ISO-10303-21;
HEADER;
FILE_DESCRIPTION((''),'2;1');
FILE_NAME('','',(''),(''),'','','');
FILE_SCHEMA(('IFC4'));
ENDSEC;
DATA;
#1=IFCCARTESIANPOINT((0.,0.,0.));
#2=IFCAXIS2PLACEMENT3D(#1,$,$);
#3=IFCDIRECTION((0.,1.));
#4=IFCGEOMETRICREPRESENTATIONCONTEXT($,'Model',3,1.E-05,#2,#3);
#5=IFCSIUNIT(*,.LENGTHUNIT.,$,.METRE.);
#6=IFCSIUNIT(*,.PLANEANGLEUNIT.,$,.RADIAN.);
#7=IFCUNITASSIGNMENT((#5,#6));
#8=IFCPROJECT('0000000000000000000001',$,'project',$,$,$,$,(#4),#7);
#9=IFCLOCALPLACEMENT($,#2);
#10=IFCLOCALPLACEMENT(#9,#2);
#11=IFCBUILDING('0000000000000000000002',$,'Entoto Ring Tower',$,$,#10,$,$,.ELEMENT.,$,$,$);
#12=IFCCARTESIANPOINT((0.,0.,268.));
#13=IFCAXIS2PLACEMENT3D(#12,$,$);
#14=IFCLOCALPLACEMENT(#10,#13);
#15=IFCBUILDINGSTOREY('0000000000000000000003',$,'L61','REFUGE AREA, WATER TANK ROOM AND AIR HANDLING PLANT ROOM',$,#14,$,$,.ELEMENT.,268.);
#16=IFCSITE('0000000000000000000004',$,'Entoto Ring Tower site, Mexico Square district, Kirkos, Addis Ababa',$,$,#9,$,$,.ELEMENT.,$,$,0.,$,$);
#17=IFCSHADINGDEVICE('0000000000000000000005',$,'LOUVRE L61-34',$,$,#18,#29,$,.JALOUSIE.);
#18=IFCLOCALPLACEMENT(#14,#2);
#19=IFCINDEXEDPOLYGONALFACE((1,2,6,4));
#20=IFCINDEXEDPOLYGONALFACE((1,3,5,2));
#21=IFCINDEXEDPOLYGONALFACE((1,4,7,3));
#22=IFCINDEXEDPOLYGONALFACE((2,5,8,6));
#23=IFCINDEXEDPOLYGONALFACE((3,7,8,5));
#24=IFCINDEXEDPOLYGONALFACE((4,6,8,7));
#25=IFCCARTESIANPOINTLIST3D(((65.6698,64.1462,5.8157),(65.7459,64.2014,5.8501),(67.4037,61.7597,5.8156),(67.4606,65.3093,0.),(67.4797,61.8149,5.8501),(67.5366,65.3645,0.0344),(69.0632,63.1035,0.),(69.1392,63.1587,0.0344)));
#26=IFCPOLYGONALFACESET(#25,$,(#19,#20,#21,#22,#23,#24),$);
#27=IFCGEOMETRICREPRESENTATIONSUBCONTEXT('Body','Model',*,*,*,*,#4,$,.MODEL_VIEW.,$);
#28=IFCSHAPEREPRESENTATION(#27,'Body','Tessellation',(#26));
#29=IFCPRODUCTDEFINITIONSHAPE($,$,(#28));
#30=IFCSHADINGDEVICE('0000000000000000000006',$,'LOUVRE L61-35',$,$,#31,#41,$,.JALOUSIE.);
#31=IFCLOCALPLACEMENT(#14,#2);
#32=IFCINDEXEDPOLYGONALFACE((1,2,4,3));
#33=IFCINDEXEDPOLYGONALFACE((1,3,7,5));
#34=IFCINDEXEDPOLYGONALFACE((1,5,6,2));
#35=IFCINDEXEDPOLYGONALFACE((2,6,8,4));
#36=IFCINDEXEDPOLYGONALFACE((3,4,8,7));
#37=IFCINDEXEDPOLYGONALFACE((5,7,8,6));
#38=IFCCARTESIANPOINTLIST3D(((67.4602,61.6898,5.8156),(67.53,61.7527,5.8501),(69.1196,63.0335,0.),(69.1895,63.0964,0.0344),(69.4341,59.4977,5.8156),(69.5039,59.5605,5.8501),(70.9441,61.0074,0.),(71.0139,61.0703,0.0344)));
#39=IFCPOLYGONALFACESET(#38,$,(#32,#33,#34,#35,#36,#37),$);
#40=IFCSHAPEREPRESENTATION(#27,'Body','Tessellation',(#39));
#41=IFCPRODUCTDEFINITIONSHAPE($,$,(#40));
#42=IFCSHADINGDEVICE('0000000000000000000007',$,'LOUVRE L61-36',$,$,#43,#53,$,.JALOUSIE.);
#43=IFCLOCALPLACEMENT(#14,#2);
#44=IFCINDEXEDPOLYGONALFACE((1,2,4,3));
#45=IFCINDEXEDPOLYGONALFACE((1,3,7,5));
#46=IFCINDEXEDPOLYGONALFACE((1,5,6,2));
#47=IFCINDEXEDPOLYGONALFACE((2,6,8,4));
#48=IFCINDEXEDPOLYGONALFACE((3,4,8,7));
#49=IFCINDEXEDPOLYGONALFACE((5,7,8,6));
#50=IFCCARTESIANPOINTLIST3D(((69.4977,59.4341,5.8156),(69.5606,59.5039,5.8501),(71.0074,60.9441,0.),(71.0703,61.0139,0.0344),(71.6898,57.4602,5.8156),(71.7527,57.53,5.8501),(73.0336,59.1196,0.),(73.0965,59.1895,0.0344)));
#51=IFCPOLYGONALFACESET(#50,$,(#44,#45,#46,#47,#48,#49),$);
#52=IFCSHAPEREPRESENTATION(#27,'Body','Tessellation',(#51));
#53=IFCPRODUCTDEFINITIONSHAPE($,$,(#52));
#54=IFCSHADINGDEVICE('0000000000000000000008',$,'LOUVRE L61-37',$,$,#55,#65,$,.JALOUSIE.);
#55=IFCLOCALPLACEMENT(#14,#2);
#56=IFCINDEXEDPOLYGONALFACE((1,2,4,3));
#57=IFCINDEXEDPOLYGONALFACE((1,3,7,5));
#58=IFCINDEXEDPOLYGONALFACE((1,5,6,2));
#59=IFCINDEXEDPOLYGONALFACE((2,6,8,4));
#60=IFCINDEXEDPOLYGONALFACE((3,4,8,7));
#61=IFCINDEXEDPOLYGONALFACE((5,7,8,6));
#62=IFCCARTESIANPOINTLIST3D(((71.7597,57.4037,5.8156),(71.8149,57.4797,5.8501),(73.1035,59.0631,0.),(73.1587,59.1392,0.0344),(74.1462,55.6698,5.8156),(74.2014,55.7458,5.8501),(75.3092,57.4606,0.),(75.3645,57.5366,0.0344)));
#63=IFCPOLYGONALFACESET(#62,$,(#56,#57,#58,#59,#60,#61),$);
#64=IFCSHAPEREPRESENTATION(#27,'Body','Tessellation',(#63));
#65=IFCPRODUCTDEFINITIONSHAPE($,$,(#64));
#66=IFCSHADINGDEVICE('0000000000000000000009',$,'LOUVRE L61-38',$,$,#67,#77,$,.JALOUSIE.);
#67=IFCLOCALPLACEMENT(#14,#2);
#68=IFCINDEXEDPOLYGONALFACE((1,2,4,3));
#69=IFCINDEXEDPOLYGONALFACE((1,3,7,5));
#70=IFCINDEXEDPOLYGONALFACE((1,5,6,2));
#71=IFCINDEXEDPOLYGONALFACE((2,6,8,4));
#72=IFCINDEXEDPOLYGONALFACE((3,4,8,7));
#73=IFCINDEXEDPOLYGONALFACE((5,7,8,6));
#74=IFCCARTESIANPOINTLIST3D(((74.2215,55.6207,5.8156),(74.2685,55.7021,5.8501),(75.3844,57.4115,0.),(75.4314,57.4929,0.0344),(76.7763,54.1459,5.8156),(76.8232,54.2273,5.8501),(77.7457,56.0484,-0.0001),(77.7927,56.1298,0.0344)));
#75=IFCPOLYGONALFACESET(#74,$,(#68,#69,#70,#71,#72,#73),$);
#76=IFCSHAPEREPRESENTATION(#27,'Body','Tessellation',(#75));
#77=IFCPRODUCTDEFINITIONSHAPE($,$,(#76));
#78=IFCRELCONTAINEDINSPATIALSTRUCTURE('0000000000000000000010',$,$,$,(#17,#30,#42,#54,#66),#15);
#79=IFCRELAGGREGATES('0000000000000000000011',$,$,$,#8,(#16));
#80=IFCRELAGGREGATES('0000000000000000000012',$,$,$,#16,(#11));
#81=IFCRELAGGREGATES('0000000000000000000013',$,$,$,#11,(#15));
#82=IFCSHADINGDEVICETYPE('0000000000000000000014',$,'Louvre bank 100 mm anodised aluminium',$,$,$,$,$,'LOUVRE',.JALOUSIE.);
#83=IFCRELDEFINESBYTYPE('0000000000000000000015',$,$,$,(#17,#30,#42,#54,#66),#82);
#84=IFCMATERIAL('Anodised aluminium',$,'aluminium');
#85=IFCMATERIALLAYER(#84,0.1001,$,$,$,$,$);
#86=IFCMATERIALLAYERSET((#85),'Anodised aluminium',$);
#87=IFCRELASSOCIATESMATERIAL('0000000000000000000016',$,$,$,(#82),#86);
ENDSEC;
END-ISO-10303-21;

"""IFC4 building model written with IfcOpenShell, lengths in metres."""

from ifc_helpers import new_model, si_unit, direction, frame, origin, place, context, subcontext, project, spatial, polyline, outline, extrude, material, layer, layer_set, type_object, element, save


model = new_model("IFC4")

# Units and contexts
model_context = context("Model", 3, precision=1e-05, world=origin(), true_north=direction((0.0, 1.0)))
body_context = subcontext(model_context, "Body", "Model", "MODEL_VIEW")
ifc_project = project(units=[si_unit("LENGTHUNIT", "METRE"), si_unit("PLANEANGLEUNIT", "RADIAN")], contexts=[model_context])

# Site, building, storey
site_placement = place(None, origin())
site = spatial("IfcSite", under=ifc_project, at=site_placement, Name="Entoto Ring Tower site, Mexico Square district, Kirkos, Addis Ababa", CompositionType="ELEMENT", RefElevation=0.0)
building_placement = place(site_placement, origin())
building = spatial("IfcBuilding", under=site, at=building_placement, Name="Entoto Ring Tower", CompositionType="ELEMENT")
storey_placement = place(building_placement, frame((0.0, 0.0, 268.0)))
storey = spatial("IfcBuildingStorey", under=building, at=storey_placement, Name="L61", Description="REFUGE AREA, WATER TANK ROOM AND AIR HANDLING PLANT ROOM", CompositionType="ELEMENT", Elevation=268.0)

# Shading devices
ifc_material_1 = material(Name="Anodised aluminium", Category="aluminium")
ifc_layer_1 = layer(ifc_material_1, 0.1001)
ifc_layer_set_1 = layer_set([ifc_layer_1], Name="Anodised aluminium")
shading_device_type = type_object("IfcShadingDeviceType", Name="Louvre bank 100 mm anodised aluminium", ElementType="LOUVRE", PredefinedType="JALOUSIE", material=ifc_layer_set_1)
shading_device_1_placement = place(storey_placement, frame((67.5366, 65.3645, 0.0344), z_axis=(0.759574, 0.551852, 0.344249), x_axis=(0.587777, -0.809023, 0.000004)))
element("IfcShadingDevice", 1, at=shading_device_1_placement, inside=storey, type_object=shading_device_type, Name="LOUVRE L61-34", PredefinedType="JALOUSIE", context=body_context, shape_type="SweptSolid", body=[
    extrude(outline(polyline([(0.0, 0.0), (2.7265, 0.0), (2.8383, -6.1943), (-0.1116, -6.1943), (0.0, 0.0)])), origin(), (0.0, 0.0, -1.0), 0.1001),
])
shading_device_2_placement = place(storey_placement, frame((69.1895, 63.0964, 0.0344), z_axis=(0.697707, 0.628251, 0.344247), x_axis=(0.669151, -0.743127, -0.000003)))
element("IfcShadingDevice", 2, at=shading_device_2_placement, inside=storey, type_object=shading_device_type, Name="LOUVRE L61-35", PredefinedType="JALOUSIE", context=body_context, shape_type="SweptSolid", body=[
    extrude(outline(polyline([(0.0, 0.0), (2.7265, 0.0), (2.838, -6.1943), (-0.1118, -6.1943), (0.0, 0.0)])), origin(), (0.0, 0.0, -1.0), 0.1001),
])
shading_device_3_placement = place(storey_placement, frame((71.0703, 61.0139, 0.0344), z_axis=(0.628251, 0.697707, 0.344247), x_axis=(0.743127, -0.669151, 0.000003)))
element("IfcShadingDevice", 3, at=shading_device_3_placement, inside=storey, type_object=shading_device_type, Name="LOUVRE L61-36", PredefinedType="JALOUSIE", context=body_context, shape_type="SweptSolid", body=[
    extrude(outline(polyline([(0.0, 0.0), (2.7265, 0.0), (2.8384, -6.1943), (-0.1115, -6.1943), (0.0, 0.0)])), origin(), (0.0, 0.0, -1.0), 0.1001),
])
shading_device_4_placement = place(storey_placement, frame((73.1587, 59.1392, 0.0344), z_axis=(0.551852, 0.759574, 0.344249), x_axis=(0.809023, -0.587777, -0.000004)))
element("IfcShadingDevice", 4, at=shading_device_4_placement, inside=storey, type_object=shading_device_type, Name="LOUVRE L61-37", PredefinedType="JALOUSIE", context=body_context, shape_type="SweptSolid", body=[
    extrude(outline(polyline([(0.0, 0.0), (2.7265, 0.0), (2.8381, -6.1943), (-0.1118, -6.1943), (0.0, 0.0)])), origin(), (0.0, 0.0, -1.0), 0.1001),
])
shading_device_5_placement = place(storey_placement, frame((75.4314, 57.4929, 0.0344), z_axis=(0.469394, 0.81312, 0.344246), x_axis=(0.866056, -0.499948, -0.00001)))
element("IfcShadingDevice", 5, at=shading_device_5_placement, inside=storey, type_object=shading_device_type, Name="LOUVRE L61-38", PredefinedType="JALOUSIE", context=body_context, shape_type="SweptSolid", body=[
    extrude(outline(polyline([(0.0, 0.0), (2.7265, 0.0), (2.838, -6.1943), (-0.1119, -6.1942), (0.0, 0.0)])), origin(), (0.0, 0.0, -1.0), 0.1001),
])

save(model, "model.ifc")
